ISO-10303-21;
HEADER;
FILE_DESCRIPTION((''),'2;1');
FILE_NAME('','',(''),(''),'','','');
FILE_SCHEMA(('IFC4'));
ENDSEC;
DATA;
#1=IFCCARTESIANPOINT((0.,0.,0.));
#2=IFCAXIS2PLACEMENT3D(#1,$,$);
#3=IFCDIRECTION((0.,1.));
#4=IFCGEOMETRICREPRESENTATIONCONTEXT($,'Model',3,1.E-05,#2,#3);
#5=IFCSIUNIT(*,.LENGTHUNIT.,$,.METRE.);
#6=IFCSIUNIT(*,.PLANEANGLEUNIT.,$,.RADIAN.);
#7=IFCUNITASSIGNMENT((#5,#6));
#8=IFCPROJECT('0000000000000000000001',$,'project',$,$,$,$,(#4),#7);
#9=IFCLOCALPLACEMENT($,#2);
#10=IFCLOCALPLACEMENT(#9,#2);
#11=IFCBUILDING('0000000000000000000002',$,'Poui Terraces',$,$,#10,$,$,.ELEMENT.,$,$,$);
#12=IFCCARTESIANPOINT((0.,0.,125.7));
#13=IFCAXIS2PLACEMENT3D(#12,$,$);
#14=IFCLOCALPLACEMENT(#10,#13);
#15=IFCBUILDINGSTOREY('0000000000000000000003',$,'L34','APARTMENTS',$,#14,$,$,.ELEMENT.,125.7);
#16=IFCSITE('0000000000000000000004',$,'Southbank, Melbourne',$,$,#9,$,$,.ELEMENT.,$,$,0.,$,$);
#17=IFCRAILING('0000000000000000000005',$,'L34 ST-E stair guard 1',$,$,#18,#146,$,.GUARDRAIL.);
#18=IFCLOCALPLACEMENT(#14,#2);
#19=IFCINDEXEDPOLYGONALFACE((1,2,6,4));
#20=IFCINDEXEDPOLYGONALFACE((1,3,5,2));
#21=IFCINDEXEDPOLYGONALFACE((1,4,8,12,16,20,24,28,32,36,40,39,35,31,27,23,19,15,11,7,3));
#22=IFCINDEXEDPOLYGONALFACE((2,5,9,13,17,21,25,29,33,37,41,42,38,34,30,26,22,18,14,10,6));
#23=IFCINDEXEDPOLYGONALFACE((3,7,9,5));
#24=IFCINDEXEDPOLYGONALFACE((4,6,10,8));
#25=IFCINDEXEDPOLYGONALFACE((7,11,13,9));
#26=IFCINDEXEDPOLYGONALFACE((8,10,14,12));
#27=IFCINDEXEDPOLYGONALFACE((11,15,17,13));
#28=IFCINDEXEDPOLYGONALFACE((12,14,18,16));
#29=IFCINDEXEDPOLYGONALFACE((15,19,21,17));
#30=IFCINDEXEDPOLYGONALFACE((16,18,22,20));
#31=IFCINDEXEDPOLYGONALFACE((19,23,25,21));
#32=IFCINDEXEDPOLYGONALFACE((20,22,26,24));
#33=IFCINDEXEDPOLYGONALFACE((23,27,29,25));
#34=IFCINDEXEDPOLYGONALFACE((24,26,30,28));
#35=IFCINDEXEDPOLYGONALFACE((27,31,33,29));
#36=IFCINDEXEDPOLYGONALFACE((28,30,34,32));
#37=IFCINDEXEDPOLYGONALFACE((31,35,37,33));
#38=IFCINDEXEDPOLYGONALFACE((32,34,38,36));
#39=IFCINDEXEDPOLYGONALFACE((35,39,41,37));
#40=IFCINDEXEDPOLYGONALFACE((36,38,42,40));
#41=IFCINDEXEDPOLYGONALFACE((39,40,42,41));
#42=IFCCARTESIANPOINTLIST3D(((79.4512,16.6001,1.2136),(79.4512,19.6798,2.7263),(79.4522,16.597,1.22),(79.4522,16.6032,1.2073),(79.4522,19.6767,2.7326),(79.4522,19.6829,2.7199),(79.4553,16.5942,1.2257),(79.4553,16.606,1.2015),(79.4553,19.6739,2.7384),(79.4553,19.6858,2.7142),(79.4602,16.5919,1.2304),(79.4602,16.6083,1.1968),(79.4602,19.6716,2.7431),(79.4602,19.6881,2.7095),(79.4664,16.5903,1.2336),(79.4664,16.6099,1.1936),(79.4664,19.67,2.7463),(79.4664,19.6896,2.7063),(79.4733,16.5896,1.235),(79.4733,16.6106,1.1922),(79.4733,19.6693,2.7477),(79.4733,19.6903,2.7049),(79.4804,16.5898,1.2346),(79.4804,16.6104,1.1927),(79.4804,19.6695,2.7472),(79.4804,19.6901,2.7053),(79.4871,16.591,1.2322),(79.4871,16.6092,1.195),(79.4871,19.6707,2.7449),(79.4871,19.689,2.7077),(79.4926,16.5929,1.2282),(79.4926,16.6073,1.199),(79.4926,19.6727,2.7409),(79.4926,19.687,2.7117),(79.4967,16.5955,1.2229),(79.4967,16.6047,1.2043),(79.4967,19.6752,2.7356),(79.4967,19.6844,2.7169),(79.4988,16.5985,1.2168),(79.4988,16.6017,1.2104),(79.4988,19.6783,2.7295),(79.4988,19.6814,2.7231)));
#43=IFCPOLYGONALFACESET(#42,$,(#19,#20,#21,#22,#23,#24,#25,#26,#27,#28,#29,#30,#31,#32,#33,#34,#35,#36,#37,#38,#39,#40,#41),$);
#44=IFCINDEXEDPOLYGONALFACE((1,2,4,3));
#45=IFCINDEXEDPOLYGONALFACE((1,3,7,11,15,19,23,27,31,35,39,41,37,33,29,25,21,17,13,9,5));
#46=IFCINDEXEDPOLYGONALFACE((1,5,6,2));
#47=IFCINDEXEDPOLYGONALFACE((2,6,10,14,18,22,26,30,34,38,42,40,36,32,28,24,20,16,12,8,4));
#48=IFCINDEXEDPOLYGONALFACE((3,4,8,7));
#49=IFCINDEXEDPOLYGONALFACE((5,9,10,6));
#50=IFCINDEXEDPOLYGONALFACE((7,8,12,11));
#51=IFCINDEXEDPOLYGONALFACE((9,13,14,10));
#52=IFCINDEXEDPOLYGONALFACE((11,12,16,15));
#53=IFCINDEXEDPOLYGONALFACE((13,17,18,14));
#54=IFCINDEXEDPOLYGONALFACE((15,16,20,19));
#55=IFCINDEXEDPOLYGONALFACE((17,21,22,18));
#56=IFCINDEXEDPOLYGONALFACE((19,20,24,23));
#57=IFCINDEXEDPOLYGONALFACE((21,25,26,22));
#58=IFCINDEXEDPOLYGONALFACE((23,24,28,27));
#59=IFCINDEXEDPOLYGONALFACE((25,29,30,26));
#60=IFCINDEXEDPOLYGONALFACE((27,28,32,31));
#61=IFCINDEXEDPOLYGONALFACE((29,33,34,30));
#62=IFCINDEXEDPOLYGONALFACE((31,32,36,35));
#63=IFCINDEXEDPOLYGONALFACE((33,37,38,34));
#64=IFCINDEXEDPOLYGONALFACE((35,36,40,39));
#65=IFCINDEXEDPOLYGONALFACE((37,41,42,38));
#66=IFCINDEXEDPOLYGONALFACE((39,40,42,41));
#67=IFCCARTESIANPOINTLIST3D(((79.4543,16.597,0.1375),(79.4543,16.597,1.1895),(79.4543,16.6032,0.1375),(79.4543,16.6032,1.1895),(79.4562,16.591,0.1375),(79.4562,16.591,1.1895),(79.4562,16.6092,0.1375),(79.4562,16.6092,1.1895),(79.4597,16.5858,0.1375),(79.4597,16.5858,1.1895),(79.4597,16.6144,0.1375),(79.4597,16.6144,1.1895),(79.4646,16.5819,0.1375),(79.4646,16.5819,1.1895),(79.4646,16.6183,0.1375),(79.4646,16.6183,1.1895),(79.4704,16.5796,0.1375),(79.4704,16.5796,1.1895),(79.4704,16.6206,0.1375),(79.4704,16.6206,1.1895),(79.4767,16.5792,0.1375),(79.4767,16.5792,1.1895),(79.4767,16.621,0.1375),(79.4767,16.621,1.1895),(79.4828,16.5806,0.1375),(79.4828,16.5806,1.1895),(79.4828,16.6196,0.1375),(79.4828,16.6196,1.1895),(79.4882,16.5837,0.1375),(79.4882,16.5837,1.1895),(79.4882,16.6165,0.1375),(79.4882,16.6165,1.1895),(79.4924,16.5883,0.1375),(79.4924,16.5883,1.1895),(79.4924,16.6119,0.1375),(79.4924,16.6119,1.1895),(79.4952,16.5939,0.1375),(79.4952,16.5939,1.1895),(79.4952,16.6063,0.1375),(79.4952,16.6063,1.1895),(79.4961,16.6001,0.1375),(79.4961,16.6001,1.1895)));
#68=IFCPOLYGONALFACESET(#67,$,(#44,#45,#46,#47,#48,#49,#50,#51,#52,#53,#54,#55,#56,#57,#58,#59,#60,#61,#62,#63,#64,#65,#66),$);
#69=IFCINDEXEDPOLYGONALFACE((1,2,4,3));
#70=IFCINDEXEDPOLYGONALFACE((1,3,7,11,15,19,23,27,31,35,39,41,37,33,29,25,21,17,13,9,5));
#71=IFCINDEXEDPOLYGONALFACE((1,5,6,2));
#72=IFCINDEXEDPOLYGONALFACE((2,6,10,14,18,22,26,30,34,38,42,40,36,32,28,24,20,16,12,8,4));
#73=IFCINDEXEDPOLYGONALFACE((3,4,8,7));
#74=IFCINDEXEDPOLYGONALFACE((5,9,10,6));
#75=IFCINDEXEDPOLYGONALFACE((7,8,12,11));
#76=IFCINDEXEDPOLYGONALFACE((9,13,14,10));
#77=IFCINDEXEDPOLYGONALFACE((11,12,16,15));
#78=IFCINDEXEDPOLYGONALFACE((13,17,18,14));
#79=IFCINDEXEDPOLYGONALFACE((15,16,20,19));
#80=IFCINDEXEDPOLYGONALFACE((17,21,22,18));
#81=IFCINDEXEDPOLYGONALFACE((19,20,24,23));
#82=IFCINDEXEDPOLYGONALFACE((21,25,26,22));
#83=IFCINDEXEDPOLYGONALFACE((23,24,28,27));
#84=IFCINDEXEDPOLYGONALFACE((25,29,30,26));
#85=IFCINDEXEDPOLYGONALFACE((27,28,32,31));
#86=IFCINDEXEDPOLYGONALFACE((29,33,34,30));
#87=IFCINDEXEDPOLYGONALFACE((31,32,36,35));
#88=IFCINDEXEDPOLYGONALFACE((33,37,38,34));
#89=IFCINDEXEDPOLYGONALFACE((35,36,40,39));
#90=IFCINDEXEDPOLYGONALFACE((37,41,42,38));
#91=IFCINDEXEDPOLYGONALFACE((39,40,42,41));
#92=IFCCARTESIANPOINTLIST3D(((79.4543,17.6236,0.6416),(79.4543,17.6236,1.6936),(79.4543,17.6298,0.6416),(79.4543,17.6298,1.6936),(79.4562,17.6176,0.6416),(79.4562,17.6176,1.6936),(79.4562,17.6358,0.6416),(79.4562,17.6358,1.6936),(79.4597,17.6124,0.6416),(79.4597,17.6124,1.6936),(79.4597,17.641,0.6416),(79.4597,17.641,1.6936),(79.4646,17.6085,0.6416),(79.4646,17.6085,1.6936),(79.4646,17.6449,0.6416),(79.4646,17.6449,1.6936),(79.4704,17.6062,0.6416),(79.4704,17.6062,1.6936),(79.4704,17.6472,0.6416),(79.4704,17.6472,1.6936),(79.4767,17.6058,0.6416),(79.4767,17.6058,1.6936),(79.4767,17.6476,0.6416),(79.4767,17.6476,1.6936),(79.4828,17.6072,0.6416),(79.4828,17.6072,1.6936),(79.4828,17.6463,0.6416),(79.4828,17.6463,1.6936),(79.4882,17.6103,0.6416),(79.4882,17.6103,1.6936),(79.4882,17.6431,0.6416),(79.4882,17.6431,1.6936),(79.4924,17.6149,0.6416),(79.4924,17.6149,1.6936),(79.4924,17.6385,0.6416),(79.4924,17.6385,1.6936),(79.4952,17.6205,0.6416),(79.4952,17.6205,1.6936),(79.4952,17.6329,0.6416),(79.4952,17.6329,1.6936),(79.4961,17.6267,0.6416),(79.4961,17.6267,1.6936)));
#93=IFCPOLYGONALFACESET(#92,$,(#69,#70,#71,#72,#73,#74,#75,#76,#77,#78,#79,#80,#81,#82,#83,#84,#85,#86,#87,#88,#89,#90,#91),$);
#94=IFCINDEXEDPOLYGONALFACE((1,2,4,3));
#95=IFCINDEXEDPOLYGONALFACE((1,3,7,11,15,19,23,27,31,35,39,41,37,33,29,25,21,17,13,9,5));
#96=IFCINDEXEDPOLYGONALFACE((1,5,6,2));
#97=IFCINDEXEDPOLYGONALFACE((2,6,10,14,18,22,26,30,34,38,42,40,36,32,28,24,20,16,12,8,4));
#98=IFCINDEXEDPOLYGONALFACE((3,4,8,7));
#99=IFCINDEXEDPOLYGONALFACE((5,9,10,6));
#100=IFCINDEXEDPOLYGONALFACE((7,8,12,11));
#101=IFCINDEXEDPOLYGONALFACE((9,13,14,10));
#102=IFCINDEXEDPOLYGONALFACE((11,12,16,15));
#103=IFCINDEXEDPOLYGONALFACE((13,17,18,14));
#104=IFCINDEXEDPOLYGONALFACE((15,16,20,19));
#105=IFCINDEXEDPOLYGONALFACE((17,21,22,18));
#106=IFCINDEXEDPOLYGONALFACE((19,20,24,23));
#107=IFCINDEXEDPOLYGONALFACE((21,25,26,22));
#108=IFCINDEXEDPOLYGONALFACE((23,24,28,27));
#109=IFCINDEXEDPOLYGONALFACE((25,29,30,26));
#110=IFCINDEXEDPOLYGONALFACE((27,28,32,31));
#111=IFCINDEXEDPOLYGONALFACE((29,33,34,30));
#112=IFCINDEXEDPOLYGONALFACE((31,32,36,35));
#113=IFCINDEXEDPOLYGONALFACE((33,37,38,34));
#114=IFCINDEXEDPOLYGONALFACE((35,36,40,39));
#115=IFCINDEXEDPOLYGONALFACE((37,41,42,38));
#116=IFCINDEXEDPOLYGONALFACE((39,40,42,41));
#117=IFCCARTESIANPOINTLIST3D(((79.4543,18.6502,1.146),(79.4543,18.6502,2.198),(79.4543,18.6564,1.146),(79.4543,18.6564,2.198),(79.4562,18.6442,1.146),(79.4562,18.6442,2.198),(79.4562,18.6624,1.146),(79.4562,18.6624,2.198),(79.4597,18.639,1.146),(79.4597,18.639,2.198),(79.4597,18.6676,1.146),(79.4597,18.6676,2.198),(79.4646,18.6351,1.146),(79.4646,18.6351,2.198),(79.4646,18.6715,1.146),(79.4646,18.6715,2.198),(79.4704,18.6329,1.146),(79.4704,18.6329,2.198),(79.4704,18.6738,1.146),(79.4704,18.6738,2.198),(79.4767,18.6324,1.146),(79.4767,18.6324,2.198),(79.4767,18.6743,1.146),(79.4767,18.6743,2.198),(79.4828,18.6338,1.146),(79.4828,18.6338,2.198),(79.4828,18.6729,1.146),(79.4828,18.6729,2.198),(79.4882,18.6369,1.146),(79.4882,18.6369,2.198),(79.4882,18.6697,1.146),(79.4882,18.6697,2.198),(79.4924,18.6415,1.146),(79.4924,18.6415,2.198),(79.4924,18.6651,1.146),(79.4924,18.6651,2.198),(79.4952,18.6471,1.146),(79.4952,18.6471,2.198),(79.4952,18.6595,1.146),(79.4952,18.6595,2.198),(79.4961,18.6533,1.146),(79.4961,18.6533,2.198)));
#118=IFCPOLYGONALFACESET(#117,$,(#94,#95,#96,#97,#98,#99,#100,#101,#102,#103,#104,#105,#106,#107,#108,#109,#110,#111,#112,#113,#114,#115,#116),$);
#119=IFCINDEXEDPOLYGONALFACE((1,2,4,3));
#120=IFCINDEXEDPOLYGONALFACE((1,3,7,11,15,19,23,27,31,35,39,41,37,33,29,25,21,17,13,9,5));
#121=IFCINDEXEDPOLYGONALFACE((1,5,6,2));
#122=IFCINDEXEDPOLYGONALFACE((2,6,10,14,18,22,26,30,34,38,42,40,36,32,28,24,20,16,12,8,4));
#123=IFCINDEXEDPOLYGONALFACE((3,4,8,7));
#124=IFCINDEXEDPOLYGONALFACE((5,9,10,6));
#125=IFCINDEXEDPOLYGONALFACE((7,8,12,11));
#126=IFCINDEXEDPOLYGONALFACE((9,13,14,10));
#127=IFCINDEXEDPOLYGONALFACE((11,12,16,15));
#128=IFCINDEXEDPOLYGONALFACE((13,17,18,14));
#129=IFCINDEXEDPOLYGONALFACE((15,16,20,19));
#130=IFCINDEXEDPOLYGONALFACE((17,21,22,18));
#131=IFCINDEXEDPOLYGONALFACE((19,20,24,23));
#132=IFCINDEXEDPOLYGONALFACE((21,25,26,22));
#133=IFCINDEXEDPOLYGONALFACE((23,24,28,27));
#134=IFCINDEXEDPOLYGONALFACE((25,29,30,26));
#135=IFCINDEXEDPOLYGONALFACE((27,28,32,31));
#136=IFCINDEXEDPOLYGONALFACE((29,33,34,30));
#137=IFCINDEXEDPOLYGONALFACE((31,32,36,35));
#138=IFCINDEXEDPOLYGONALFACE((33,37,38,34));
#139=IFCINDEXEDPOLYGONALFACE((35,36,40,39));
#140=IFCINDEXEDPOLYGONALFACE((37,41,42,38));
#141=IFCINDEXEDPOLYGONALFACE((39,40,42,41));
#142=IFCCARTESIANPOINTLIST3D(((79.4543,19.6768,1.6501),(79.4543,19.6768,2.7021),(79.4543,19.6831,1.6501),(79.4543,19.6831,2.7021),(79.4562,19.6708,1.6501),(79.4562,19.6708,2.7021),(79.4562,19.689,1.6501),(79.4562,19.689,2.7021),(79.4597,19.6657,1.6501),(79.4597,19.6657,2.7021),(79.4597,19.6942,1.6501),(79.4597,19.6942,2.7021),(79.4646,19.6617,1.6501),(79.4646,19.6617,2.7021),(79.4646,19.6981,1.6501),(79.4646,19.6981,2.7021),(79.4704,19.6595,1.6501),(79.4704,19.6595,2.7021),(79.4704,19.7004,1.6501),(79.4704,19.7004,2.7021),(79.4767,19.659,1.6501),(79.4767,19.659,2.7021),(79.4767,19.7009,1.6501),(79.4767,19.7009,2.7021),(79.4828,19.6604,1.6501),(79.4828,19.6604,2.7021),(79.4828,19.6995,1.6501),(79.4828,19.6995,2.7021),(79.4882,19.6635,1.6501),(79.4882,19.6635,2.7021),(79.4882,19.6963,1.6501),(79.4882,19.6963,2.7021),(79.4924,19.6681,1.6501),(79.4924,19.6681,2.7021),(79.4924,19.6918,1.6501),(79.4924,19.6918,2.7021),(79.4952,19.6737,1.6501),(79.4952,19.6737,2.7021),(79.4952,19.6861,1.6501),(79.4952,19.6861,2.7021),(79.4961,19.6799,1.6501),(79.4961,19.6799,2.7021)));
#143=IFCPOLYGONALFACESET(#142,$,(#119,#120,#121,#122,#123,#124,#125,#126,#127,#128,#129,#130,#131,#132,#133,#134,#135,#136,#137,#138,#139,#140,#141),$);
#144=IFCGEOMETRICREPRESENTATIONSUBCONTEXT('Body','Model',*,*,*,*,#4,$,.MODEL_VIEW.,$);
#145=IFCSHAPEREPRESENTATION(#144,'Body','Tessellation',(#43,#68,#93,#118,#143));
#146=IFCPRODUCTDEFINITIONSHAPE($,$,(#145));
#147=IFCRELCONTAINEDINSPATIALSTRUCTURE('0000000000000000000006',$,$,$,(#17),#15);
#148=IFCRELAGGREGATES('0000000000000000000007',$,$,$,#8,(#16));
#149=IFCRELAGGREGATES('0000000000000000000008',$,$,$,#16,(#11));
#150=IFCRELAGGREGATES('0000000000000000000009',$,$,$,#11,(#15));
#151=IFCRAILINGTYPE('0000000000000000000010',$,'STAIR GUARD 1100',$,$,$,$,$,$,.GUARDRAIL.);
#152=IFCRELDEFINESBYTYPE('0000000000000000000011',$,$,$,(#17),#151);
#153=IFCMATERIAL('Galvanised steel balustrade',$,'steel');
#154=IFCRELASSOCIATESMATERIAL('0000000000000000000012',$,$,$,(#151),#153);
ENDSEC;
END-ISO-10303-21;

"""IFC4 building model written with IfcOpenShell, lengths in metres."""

from ifc_helpers import new_model, si_unit, direction, frame, origin, origin_2d, place, context, subcontext, project, spatial, circle, extrude, material, type_object, element, save


model = new_model("IFC4")

# Units and contexts
model_context = context("Model", 3, precision=1e-05, world=origin(), true_north=direction((0.0, 1.0)))
body_context = subcontext(model_context, "Body", "Model", "MODEL_VIEW")
ifc_project = project(units=[si_unit("LENGTHUNIT", "METRE"), si_unit("PLANEANGLEUNIT", "RADIAN")], contexts=[model_context])

# Site, building, storey
site_placement = place(None, origin())
site = spatial("IfcSite", under=ifc_project, at=site_placement, Name="Southbank, Melbourne", CompositionType="ELEMENT", RefElevation=0.0)
building_placement = place(site_placement, origin())
building = spatial("IfcBuilding", under=site, at=building_placement, Name="Poui Terraces", CompositionType="ELEMENT")
storey_placement = place(building_placement, frame((0.0, 0.0, 125.7)))
storey = spatial("IfcBuildingStorey", under=building, at=storey_placement, Name="L34", Description="APARTMENTS", CompositionType="ELEMENT", Elevation=125.7)

# Railing
ifc_material_1 = material(Name="Galvanised steel balustrade", Category="steel")
railing_type_1 = type_object("IfcRailingType", Name="STAIR GUARD 1100", PredefinedType="GUARDRAIL", material=ifc_material_1)
railing_1_placement = place(storey_placement, frame((79.4751, 16.6001, 0.1375)))
element("IfcRailing", 1, at=railing_1_placement, inside=storey, type_object=railing_type_1, Name="L34 ST-E stair guard 1", PredefinedType="GUARDRAIL", context=body_context, shape_type="SweptSolid", body=[
    extrude(circle(Radius=0.0239, at=origin_2d()), frame((0.0, 0.0, 1.0762), z_axis=(0.0, 0.897578, 0.440856), x_axis=(-1.0, 0.0, 0.0)), (0.0, 0.0, 1.0), 3.4312),
    extrude(circle(Radius=0.021, at=origin_2d()), origin(), (0.0, 0.0, 1.0), 1.052),
    extrude(circle(Radius=0.021, at=origin_2d()), frame((0.0, 1.0266, 0.5042)), (0.0, 0.0, 1.0), 1.052),
    extrude(circle(Radius=0.021, at=origin_2d()), frame((0.0, 2.0532, 1.0085)), (0.0, 0.0, 1.0), 1.052),
    extrude(circle(Radius=0.021, at=origin_2d()), frame((0.0, 3.0798, 1.5127)), (0.0, 0.0, 1.0), 1.052),
])

save(model, "model.ifc")
